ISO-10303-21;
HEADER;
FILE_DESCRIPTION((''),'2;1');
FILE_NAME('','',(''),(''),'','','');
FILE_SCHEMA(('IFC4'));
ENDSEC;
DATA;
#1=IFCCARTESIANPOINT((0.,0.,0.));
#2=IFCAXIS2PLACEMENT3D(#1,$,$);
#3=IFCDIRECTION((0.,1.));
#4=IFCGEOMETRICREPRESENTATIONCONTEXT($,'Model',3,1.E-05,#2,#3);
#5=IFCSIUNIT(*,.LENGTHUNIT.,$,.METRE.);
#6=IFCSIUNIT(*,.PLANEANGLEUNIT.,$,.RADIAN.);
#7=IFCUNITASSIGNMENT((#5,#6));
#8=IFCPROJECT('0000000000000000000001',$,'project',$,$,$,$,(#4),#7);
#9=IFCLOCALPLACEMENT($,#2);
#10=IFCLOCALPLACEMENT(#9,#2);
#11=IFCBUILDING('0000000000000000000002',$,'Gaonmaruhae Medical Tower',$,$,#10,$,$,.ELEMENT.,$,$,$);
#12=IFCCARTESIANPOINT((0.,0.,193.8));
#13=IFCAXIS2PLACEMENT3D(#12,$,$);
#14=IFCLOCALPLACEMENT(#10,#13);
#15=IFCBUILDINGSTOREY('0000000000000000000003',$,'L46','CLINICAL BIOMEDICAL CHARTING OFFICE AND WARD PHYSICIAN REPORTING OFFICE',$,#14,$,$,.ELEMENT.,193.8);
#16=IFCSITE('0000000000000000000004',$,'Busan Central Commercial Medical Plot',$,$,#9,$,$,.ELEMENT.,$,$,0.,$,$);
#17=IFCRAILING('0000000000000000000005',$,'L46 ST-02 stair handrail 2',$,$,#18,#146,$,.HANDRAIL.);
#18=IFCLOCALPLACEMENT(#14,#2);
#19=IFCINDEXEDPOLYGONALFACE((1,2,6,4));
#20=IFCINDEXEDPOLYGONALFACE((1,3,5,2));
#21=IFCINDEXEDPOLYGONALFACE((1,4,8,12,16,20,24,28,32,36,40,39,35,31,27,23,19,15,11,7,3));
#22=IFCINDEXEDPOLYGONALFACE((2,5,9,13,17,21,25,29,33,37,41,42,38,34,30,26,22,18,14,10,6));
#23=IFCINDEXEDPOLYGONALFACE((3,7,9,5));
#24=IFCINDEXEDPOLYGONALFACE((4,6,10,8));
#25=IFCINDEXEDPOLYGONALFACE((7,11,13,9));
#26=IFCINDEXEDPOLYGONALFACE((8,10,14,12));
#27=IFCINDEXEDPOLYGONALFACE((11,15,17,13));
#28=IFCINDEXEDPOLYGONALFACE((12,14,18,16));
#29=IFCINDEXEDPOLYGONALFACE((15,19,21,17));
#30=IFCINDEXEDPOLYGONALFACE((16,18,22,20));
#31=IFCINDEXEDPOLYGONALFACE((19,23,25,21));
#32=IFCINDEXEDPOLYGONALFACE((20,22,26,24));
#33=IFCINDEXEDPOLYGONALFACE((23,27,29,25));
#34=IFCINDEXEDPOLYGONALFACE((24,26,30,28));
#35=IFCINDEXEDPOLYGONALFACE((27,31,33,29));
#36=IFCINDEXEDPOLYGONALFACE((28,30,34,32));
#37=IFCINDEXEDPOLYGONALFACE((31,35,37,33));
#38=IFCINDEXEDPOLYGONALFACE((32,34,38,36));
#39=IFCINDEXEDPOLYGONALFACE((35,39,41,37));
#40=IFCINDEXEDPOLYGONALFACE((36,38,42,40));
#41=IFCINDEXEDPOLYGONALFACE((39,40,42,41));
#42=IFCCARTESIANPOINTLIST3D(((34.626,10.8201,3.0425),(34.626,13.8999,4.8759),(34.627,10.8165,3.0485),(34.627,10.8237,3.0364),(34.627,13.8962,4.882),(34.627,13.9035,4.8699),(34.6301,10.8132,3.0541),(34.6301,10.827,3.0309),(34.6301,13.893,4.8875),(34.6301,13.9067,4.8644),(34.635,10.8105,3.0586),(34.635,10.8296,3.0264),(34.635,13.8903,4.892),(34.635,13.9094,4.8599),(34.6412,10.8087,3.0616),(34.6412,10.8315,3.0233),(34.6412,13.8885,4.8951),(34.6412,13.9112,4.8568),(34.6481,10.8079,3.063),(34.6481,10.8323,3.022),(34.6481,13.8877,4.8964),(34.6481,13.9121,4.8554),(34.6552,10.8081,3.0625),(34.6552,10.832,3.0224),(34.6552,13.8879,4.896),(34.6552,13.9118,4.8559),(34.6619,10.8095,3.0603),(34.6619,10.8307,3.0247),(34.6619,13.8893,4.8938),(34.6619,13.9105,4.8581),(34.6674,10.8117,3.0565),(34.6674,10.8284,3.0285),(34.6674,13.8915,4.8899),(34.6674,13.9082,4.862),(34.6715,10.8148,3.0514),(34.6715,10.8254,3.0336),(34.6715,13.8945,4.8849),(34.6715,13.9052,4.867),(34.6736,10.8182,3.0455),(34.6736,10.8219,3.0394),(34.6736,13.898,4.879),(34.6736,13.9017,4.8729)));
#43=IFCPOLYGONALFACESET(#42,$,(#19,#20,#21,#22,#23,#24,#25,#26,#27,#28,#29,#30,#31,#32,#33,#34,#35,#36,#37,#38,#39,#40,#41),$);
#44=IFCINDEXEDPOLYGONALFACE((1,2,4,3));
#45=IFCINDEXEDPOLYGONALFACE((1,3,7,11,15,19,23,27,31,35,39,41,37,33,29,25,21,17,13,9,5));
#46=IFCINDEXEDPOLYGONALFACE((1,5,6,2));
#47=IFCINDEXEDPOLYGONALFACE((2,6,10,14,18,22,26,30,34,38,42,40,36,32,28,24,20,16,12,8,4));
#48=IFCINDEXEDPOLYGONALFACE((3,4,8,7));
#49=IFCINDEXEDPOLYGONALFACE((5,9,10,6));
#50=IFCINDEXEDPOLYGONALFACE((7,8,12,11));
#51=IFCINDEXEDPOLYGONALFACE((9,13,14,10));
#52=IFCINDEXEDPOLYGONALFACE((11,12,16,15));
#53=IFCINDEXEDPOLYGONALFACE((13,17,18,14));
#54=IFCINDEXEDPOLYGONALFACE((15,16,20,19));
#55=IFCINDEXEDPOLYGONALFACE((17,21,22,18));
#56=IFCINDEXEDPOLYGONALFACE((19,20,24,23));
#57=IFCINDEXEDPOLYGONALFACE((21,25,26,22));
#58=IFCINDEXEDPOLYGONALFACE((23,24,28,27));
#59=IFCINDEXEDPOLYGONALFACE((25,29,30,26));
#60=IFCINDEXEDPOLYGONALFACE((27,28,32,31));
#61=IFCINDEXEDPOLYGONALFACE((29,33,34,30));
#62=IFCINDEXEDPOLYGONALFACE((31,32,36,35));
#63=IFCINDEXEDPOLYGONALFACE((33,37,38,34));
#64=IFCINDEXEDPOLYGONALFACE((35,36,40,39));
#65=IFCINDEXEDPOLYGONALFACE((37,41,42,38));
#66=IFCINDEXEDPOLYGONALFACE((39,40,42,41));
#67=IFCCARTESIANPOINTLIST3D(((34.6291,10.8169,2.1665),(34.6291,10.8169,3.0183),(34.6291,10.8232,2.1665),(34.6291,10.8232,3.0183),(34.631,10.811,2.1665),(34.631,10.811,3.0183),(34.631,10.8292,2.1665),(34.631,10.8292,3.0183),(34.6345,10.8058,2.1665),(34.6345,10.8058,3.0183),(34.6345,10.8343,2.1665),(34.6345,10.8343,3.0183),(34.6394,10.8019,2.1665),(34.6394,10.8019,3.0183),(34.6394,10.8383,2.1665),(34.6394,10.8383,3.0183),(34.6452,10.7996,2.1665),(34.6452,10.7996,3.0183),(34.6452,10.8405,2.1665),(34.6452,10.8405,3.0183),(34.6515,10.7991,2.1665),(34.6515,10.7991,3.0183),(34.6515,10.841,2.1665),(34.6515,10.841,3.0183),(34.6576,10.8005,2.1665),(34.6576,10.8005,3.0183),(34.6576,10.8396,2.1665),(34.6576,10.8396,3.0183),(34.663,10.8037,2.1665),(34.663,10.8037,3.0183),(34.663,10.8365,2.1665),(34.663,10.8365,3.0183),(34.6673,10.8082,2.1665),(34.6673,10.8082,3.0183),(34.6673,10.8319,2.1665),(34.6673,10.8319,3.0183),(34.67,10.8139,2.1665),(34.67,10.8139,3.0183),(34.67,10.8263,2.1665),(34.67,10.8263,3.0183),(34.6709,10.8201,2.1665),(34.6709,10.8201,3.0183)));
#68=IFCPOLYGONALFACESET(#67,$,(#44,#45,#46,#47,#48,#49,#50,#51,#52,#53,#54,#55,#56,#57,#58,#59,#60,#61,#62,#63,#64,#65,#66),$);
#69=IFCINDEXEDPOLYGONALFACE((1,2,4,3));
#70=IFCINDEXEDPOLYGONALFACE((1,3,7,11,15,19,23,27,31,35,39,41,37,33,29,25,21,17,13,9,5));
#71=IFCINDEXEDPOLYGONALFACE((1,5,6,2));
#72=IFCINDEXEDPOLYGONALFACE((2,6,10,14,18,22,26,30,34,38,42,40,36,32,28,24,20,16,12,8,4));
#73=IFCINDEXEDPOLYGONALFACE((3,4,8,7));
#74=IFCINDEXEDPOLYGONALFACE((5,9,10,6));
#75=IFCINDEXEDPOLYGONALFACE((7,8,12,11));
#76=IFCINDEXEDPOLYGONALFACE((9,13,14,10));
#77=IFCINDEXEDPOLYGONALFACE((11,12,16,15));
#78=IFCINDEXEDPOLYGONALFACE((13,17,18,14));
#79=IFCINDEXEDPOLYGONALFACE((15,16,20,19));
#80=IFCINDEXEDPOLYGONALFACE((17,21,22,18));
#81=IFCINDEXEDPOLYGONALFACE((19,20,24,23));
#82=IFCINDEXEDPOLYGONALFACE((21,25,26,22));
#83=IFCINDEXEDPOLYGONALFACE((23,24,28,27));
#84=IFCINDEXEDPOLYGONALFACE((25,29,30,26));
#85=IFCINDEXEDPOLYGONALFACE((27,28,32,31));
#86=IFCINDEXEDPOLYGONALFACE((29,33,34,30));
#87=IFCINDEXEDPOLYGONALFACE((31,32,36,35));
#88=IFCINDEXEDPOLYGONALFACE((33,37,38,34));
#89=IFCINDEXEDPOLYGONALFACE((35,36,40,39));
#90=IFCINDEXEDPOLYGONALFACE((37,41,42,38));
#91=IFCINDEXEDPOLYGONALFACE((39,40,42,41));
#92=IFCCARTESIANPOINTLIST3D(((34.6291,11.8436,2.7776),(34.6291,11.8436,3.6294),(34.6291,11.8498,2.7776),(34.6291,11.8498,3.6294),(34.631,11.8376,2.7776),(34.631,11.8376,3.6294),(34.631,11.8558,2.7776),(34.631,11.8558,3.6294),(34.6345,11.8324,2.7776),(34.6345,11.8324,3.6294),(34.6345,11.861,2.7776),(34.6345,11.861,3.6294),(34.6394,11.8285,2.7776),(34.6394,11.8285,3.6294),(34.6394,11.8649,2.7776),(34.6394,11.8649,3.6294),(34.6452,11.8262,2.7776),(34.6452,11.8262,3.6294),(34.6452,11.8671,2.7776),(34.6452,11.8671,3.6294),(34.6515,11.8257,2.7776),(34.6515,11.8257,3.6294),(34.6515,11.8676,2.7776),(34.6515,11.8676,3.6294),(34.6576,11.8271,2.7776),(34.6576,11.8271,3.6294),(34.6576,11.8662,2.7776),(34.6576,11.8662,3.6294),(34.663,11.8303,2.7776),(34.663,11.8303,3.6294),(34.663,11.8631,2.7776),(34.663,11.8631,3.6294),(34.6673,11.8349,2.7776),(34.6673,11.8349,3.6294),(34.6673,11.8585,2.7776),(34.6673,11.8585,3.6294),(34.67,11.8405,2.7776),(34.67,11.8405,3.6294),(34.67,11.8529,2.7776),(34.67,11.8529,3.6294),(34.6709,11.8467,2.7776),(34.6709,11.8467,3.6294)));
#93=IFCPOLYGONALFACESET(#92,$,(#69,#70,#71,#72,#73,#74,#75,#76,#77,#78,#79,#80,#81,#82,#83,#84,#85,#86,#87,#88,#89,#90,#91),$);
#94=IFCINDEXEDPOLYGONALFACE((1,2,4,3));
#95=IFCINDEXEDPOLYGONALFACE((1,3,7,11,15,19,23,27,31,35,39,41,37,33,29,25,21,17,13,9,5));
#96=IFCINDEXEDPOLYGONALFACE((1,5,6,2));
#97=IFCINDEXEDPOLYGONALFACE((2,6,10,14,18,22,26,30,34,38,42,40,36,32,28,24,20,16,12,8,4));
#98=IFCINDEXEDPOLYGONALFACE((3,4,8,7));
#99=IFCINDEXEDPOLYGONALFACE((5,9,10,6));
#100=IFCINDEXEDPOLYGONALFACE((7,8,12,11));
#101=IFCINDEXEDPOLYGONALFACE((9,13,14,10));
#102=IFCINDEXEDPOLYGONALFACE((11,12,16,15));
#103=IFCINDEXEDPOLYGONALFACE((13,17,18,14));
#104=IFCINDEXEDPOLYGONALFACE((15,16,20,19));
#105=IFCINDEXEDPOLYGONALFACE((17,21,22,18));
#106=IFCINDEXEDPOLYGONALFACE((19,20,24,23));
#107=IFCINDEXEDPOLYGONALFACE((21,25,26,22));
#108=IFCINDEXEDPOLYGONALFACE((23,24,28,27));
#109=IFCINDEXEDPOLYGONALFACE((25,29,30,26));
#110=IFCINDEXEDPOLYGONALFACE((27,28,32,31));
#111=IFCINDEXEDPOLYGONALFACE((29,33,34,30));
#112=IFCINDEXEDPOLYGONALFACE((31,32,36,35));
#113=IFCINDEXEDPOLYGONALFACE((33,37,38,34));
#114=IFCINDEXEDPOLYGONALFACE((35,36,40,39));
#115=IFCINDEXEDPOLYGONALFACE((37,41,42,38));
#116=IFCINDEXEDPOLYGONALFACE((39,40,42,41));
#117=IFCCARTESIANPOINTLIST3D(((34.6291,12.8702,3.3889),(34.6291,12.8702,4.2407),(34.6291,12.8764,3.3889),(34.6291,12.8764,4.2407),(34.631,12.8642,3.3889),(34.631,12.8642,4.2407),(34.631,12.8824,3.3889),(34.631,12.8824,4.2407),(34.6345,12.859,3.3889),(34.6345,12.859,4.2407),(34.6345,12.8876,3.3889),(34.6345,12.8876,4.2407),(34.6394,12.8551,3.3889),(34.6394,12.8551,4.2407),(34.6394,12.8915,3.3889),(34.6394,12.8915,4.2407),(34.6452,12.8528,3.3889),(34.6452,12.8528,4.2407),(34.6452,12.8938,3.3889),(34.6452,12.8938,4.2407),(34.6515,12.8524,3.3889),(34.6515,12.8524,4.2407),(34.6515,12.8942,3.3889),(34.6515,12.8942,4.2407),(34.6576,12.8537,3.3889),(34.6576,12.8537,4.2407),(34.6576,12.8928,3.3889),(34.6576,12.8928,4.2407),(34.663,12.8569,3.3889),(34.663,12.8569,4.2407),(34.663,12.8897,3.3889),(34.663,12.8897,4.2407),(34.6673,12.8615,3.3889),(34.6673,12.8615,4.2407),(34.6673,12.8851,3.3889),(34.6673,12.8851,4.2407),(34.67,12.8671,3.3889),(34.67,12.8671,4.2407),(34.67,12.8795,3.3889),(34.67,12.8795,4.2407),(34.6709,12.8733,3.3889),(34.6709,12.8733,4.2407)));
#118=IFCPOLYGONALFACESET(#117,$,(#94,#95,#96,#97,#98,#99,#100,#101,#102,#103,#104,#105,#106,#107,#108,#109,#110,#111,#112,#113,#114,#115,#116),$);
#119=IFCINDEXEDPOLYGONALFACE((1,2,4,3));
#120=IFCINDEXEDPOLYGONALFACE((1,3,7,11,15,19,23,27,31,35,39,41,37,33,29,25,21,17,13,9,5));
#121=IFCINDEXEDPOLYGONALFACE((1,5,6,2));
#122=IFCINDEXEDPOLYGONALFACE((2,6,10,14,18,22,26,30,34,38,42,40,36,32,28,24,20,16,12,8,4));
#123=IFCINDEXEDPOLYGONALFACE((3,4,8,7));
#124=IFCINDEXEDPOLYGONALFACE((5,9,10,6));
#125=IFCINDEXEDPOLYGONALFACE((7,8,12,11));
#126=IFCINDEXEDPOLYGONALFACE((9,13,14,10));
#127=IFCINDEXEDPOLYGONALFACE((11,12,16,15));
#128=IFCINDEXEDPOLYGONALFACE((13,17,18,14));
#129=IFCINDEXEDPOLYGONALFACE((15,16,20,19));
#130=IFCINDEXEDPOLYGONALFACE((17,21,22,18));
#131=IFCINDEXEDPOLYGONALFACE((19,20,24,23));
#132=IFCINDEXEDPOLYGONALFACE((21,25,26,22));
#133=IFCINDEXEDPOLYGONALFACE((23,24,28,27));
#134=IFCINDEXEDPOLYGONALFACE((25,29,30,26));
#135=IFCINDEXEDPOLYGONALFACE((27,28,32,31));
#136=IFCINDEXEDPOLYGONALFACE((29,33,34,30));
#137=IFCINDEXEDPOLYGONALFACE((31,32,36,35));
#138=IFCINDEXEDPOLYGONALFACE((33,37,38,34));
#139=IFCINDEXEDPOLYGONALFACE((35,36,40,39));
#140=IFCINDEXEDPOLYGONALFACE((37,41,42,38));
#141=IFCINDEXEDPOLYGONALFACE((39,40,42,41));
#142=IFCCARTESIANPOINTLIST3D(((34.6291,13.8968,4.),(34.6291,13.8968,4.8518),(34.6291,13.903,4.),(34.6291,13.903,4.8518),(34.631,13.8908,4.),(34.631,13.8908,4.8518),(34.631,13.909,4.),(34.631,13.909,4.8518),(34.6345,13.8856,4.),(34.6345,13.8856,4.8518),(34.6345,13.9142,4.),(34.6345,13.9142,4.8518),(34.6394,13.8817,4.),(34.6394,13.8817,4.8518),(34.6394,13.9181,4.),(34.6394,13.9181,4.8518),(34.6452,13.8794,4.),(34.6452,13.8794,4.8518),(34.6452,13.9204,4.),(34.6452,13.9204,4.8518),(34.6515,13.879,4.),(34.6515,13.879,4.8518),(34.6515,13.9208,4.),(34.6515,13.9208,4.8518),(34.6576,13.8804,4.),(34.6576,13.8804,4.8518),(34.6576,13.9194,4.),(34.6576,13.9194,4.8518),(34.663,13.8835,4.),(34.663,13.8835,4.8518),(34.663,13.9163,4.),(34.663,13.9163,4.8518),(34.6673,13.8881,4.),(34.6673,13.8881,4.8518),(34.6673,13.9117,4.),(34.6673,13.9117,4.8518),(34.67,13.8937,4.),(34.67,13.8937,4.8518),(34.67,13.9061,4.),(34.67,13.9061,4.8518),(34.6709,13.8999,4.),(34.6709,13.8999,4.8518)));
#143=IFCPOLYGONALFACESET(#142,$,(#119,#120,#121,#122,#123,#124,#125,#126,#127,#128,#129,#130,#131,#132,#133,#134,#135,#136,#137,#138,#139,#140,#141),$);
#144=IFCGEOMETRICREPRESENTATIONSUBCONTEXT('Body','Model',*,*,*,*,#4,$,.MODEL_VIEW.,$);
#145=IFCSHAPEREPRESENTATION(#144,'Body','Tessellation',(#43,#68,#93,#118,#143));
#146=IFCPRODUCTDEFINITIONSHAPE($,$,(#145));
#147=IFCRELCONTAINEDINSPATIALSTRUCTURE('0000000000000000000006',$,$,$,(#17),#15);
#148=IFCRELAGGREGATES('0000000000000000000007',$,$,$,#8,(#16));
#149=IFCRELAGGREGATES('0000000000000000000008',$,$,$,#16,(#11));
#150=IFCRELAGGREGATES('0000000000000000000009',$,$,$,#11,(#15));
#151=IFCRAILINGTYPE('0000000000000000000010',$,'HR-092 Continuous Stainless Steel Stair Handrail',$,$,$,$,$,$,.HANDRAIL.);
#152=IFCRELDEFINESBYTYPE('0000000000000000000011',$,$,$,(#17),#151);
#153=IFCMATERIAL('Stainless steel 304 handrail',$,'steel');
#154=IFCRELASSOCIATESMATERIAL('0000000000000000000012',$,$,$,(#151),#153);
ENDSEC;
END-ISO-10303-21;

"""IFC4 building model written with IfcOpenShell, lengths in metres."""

from ifc_helpers import new_model, si_unit, direction, frame, origin, origin_2d, place, context, subcontext, project, spatial, circle, extrude, material, type_object, element, save


model = new_model("IFC4")

# Units and contexts
model_context = context("Model", 3, precision=1e-05, world=origin(), true_north=direction((0.0, 1.0)))
body_context = subcontext(model_context, "Body", "Model", "MODEL_VIEW")
ifc_project = project(units=[si_unit("LENGTHUNIT", "METRE"), si_unit("PLANEANGLEUNIT", "RADIAN")], contexts=[model_context])

# Site, building, storey
site_placement = place(None, origin())
site = spatial("IfcSite", under=ifc_project, at=site_placement, Name="Busan Central Commercial Medical Plot", CompositionType="ELEMENT", RefElevation=0.0)
building_placement = place(site_placement, origin())
building = spatial("IfcBuilding", under=site, at=building_placement, Name="Gaonmaruhae Medical Tower", CompositionType="ELEMENT")
storey_placement = place(building_placement, frame((0.0, 0.0, 193.8)))
storey = spatial("IfcBuildingStorey", under=building, at=storey_placement, Name="L46", Description="CLINICAL BIOMEDICAL CHARTING OFFICE AND WARD PHYSICIAN REPORTING OFFICE", CompositionType="ELEMENT", Elevation=193.8)

# Railing
ifc_material_1 = material(Name="Stainless steel 304 handrail", Category="steel")
railing_type_1 = type_object("IfcRailingType", Name="HR-092 Continuous Stainless Steel Stair Handrail", PredefinedType="HANDRAIL", material=ifc_material_1)
railing_1_placement = place(storey_placement, frame((34.6499, 10.8201, 2.1665)))
element("IfcRailing", 1, at=railing_1_placement, inside=storey, type_object=railing_type_1, Name="L46 ST-02 stair handrail 2", PredefinedType="HANDRAIL", context=body_context, shape_type="SweptSolid", body=[
    extrude(circle(Radius=0.0239, at=origin_2d()), frame((0.0, 0.0, 0.876), z_axis=(0.0, 0.859261, 0.511538), x_axis=(-1.0, 0.0, 0.0)), (0.0, 0.0, 1.0), 3.5842),
    extrude(circle(Radius=0.021, at=origin_2d()), origin(), (0.0, 0.0, 1.0), 0.8518),
    extrude(circle(Radius=0.021, at=origin_2d()), frame((0.0, 1.0266, 0.6111)), (0.0, 0.0, 1.0), 0.8518),
    extrude(circle(Radius=0.021, at=origin_2d()), frame((0.0, 2.0532, 1.2224)), (0.0, 0.0, 1.0), 0.8518),
    extrude(circle(Radius=0.021, at=origin_2d()), frame((0.0, 3.0798, 1.8335)), (0.0, 0.0, 1.0), 0.8518),
])

save(model, "model.ifc")
